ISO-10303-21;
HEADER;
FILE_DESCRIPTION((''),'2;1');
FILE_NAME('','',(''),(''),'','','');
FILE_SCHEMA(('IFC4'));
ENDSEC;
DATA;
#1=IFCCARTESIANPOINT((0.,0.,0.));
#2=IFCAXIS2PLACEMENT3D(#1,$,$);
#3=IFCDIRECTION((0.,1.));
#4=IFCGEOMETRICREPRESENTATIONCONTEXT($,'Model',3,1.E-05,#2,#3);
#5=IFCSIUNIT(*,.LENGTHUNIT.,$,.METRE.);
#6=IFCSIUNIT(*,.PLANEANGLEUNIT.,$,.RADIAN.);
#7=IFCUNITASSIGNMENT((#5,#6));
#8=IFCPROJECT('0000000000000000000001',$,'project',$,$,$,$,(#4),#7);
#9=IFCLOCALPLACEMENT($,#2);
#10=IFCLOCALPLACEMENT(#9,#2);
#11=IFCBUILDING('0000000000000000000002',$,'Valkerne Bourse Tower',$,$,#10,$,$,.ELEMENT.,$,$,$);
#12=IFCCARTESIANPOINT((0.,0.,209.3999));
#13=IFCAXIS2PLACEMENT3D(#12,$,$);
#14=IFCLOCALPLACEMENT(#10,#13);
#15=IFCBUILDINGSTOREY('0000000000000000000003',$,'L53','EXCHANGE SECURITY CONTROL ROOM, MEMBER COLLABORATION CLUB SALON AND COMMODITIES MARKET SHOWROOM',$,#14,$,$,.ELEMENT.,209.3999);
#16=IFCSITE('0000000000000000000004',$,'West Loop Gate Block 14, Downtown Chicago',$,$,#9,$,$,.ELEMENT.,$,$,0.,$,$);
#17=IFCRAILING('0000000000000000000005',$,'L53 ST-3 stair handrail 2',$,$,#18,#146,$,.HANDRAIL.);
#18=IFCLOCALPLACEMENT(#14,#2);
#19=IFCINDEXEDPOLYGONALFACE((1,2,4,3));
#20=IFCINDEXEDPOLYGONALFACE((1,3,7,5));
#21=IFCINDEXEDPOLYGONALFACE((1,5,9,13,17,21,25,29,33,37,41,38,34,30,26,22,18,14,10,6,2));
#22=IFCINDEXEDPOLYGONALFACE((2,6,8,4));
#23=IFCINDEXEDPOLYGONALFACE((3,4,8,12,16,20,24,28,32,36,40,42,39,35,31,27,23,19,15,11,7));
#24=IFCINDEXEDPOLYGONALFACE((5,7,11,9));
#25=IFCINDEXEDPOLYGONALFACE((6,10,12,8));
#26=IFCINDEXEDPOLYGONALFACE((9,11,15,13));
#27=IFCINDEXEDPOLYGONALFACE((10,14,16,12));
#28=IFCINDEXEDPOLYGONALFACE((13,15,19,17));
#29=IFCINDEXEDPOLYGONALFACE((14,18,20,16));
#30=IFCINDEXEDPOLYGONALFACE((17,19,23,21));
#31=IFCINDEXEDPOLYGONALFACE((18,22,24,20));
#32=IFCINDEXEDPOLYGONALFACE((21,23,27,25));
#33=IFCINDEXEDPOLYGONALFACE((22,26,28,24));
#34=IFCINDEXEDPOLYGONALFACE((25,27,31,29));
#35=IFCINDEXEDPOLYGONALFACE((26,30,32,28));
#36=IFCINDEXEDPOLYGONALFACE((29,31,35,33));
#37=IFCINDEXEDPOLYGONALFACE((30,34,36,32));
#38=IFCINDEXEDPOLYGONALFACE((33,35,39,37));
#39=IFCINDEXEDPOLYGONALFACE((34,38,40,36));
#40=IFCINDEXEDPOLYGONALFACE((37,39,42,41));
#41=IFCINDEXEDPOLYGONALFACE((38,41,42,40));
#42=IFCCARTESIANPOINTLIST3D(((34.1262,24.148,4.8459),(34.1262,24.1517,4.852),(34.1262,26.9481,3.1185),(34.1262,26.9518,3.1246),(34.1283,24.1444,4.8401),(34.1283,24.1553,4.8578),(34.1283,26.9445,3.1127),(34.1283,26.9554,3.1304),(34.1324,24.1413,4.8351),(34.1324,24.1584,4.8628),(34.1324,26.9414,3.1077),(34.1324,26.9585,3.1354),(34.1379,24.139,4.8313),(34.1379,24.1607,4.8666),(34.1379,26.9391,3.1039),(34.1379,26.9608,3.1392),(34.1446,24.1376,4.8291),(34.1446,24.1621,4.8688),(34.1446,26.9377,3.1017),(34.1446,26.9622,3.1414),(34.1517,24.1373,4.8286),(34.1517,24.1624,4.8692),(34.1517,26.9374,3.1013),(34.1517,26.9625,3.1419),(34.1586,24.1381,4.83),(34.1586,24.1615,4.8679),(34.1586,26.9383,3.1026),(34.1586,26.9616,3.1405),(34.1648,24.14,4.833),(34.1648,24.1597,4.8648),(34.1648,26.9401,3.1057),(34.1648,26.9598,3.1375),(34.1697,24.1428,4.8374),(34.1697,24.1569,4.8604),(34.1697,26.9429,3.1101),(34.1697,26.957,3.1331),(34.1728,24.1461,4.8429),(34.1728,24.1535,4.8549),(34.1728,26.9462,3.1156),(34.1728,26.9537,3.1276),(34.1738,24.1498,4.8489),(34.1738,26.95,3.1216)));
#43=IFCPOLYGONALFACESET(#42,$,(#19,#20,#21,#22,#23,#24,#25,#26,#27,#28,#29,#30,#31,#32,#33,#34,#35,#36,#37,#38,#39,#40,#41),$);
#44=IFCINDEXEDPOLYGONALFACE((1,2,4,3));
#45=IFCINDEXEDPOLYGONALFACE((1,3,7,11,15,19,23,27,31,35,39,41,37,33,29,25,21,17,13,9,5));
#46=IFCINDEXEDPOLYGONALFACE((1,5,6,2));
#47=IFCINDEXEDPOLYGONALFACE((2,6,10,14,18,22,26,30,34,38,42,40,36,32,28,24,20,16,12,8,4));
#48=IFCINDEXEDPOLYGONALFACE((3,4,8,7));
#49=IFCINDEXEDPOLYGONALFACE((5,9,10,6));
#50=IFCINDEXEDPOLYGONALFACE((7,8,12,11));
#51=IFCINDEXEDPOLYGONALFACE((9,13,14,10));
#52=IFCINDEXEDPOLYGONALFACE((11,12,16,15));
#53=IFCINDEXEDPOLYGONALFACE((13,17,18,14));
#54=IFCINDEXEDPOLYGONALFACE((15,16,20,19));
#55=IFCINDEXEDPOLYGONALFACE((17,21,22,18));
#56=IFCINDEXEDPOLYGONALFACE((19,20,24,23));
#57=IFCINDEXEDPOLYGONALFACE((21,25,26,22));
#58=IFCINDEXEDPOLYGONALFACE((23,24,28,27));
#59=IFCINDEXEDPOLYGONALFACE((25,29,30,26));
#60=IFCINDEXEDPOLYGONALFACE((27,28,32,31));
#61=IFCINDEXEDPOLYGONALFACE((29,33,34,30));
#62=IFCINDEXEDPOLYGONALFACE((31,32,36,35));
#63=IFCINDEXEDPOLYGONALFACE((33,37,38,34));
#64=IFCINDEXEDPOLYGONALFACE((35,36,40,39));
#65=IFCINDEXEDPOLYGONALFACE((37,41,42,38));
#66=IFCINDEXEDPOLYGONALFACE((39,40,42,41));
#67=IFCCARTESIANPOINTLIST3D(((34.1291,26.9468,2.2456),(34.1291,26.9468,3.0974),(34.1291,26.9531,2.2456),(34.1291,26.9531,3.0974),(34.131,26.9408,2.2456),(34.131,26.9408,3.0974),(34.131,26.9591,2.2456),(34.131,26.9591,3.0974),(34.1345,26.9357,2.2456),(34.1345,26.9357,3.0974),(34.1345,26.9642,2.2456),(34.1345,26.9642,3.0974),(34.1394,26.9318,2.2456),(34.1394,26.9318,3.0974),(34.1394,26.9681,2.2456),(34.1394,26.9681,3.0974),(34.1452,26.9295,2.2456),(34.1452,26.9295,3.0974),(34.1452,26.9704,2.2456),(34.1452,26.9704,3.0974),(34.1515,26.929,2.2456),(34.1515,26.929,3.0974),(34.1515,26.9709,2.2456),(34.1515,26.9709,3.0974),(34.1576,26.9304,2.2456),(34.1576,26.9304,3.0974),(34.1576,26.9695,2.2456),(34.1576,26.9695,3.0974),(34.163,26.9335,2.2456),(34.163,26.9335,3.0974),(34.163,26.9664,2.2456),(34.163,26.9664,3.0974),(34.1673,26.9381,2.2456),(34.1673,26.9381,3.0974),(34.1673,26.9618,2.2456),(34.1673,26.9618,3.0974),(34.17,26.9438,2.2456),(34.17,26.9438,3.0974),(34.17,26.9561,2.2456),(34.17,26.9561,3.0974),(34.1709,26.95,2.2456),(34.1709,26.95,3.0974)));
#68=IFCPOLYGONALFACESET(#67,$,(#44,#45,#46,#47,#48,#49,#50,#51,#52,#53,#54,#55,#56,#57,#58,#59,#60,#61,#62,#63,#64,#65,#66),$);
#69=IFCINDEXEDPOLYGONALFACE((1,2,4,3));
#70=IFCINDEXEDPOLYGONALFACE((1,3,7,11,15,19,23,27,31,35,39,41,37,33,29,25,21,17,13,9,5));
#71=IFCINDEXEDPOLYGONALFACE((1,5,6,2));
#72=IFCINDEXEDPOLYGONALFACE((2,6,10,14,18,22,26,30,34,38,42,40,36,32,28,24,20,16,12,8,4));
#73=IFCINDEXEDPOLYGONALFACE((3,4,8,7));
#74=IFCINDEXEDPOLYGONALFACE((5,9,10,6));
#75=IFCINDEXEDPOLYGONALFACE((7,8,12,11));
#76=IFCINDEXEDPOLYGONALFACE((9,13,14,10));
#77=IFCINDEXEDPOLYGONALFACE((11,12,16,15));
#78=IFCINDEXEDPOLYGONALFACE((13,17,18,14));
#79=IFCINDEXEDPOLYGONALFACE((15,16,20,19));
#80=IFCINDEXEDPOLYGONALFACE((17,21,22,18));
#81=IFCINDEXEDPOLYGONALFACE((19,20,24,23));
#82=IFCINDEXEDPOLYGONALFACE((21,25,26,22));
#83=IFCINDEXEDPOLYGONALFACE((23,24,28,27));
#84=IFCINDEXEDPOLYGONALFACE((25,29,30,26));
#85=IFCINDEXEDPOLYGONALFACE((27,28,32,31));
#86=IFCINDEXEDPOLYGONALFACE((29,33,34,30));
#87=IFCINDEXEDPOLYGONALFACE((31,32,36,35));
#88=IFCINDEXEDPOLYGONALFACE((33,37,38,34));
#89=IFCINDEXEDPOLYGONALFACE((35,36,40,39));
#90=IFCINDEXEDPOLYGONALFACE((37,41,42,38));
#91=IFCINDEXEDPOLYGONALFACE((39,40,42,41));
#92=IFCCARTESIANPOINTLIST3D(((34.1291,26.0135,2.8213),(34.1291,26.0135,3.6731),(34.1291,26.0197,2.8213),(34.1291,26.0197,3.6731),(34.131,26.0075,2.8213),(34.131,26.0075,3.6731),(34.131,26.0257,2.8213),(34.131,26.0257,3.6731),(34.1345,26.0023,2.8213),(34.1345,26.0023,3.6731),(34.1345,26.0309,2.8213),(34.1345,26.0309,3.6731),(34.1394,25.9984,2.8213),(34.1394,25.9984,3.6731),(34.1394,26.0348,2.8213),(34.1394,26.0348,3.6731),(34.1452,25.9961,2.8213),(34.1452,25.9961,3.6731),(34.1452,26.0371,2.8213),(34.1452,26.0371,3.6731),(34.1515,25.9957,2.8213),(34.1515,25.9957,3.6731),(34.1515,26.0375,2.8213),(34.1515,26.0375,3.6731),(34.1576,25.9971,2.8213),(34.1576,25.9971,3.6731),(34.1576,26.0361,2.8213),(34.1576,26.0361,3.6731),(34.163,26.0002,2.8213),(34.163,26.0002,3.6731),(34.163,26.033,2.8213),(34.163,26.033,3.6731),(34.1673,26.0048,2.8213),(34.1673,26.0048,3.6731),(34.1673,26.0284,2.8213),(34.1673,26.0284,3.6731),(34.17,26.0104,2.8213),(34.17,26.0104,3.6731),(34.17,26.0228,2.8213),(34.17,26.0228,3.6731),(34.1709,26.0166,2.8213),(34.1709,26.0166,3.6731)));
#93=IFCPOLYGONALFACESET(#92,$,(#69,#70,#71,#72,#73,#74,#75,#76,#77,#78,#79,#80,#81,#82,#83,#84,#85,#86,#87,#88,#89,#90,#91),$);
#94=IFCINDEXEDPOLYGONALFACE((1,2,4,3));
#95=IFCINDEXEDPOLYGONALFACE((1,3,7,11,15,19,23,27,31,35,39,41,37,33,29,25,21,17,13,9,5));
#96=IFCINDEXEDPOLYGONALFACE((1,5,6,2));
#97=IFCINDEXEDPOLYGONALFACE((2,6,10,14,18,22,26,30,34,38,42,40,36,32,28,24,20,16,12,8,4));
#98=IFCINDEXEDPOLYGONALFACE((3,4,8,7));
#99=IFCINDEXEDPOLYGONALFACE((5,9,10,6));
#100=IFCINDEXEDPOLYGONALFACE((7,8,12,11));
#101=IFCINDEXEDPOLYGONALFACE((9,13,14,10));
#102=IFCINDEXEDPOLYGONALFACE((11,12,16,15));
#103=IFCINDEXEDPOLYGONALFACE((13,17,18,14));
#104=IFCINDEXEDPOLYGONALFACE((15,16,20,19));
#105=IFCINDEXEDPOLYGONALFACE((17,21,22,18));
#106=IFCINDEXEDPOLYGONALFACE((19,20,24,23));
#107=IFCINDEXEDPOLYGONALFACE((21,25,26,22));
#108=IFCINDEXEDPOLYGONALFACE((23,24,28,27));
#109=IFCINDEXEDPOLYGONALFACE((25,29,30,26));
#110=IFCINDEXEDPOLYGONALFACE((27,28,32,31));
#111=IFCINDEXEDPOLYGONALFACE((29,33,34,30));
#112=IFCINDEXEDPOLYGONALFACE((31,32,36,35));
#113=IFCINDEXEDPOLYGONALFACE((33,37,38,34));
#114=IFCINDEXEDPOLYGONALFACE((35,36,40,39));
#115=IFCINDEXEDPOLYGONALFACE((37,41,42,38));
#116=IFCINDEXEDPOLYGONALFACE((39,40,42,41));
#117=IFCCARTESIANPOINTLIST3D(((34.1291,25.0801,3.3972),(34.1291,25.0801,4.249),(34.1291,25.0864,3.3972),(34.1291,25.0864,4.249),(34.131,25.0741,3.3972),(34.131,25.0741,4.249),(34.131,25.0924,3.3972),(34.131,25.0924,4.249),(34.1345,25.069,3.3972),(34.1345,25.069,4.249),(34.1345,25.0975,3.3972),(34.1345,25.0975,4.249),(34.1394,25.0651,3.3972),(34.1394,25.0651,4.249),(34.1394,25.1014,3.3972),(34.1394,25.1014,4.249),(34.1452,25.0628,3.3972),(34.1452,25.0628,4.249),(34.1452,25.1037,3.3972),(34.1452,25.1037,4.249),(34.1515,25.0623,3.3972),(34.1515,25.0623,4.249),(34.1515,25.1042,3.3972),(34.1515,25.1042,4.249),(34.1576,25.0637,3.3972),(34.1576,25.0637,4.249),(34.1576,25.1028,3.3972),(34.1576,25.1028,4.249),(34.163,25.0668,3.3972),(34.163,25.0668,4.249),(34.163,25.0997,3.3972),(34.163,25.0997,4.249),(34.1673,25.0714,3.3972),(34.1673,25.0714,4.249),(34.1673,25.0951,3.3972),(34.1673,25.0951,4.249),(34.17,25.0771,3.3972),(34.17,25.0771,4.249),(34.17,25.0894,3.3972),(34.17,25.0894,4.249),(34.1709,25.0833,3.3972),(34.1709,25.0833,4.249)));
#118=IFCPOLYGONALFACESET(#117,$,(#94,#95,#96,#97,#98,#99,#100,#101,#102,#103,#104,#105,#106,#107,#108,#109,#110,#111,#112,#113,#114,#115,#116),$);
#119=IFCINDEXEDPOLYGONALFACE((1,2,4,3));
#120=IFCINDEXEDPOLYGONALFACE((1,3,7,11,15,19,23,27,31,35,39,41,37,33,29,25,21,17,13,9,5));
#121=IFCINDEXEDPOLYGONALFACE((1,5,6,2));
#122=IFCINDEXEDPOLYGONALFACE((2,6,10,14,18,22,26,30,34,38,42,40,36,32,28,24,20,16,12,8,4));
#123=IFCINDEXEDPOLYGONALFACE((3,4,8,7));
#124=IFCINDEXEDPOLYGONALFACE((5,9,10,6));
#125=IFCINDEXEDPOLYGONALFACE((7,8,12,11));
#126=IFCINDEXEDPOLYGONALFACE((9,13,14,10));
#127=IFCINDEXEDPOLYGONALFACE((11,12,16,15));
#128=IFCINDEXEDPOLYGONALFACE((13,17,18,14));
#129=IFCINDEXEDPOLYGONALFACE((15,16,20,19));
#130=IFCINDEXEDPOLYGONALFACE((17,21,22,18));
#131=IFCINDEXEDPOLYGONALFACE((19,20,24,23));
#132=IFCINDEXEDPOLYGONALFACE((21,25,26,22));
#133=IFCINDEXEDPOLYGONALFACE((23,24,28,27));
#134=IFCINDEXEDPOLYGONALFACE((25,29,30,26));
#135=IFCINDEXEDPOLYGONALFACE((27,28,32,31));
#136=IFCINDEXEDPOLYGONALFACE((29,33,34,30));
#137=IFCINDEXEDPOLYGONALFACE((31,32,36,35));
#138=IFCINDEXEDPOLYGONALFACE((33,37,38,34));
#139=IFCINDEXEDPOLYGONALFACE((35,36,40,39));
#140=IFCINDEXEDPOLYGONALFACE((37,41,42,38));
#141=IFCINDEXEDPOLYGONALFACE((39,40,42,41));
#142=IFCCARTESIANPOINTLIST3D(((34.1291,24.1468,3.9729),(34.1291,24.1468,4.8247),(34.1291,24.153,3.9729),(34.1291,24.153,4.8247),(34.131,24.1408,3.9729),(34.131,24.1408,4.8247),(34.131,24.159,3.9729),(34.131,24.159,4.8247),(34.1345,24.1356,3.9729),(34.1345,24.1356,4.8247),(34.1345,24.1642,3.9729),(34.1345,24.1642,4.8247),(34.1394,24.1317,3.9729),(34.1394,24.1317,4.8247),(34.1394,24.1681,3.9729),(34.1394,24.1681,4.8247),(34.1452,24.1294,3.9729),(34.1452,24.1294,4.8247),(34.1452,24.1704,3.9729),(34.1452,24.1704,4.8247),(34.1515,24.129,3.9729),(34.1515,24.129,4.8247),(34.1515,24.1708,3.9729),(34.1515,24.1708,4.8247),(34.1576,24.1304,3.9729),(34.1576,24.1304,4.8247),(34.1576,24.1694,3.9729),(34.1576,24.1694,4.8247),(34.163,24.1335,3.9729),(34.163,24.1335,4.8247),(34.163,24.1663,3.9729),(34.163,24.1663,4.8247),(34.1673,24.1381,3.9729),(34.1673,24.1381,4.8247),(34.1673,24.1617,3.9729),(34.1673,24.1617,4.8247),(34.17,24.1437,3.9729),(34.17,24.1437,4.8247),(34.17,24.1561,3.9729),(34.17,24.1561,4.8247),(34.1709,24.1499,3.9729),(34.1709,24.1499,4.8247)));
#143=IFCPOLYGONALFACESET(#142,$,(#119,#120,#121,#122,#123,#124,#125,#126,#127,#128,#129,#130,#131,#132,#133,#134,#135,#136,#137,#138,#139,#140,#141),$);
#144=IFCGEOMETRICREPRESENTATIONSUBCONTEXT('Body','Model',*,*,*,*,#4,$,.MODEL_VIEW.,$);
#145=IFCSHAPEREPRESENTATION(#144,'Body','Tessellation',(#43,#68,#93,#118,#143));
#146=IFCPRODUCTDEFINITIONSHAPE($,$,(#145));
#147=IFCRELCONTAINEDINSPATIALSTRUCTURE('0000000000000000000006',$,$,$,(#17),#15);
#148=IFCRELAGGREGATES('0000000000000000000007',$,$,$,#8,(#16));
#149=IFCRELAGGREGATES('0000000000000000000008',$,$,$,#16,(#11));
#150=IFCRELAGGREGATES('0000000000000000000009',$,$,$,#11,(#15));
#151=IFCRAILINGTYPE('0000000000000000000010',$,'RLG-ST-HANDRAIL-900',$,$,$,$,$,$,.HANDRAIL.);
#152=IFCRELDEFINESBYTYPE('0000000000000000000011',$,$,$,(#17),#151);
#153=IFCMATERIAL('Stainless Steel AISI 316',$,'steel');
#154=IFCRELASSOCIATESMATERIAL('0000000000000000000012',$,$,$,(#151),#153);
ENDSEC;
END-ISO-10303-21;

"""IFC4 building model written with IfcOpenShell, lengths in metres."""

from ifc_helpers import new_model, si_unit, direction, frame, origin, origin_2d, place, context, subcontext, project, spatial, circle, extrude, material, type_object, element, save


model = new_model("IFC4")

# Units and contexts
model_context = context("Model", 3, precision=1e-05, world=origin(), true_north=direction((0.0, 1.0)))
body_context = subcontext(model_context, "Body", "Model", "MODEL_VIEW")
ifc_project = project(units=[si_unit("LENGTHUNIT", "METRE"), si_unit("PLANEANGLEUNIT", "RADIAN")], contexts=[model_context])

# Site, building, storey
site_placement = place(None, origin())
site = spatial("IfcSite", under=ifc_project, at=site_placement, Name="West Loop Gate Block 14, Downtown Chicago", CompositionType="ELEMENT", RefElevation=0.0)
building_placement = place(site_placement, origin())
building = spatial("IfcBuilding", under=site, at=building_placement, Name="Valkerne Bourse Tower", CompositionType="ELEMENT")
storey_placement = place(building_placement, frame((0.0, 0.0, 209.3999)))
storey = spatial("IfcBuildingStorey", under=building, at=storey_placement, Name="L53", Description="EXCHANGE SECURITY CONTROL ROOM, MEMBER COLLABORATION CLUB SALON AND COMMODITIES MARKET SHOWROOM", CompositionType="ELEMENT", Elevation=209.3999)

# Railing
ifc_material_1 = material(Name="Stainless Steel AISI 316", Category="steel")
railing_type_1 = type_object("IfcRailingType", Name="RLG-ST-HANDRAIL-900", PredefinedType="HANDRAIL", material=ifc_material_1)
railing_1_placement = place(storey_placement, frame((34.1499, 26.95, 2.2456)))
element("IfcRailing", 1, at=railing_1_placement, inside=storey, type_object=railing_type_1, Name="L53 ST-3 stair handrail 2", PredefinedType="HANDRAIL", context=body_context, shape_type="SweptSolid", body=[
    extrude(circle(Radius=0.0239, at=origin_2d()), frame((0.0, 0.0, 0.876), z_axis=(0.0, -0.85109, 0.52502), x_axis=(1.0, 0.0, 0.0)), (0.0, 0.0, 1.0), 3.29),
    extrude(circle(Radius=0.021, at=origin_2d()), origin(), (0.0, 0.0, 1.0), 0.8518),
    extrude(circle(Radius=0.021, at=origin_2d()), frame((0.0, -0.9333, 0.5757)), (0.0, 0.0, 1.0), 0.8518),
    extrude(circle(Radius=0.021, at=origin_2d()), frame((0.0, -1.8667, 1.1516)), (0.0, 0.0, 1.0), 0.8518),
    extrude(circle(Radius=0.021, at=origin_2d()), frame((0.0, -2.8, 1.7273)), (0.0, 0.0, 1.0), 0.8518),
])

save(model, "model.ifc")
